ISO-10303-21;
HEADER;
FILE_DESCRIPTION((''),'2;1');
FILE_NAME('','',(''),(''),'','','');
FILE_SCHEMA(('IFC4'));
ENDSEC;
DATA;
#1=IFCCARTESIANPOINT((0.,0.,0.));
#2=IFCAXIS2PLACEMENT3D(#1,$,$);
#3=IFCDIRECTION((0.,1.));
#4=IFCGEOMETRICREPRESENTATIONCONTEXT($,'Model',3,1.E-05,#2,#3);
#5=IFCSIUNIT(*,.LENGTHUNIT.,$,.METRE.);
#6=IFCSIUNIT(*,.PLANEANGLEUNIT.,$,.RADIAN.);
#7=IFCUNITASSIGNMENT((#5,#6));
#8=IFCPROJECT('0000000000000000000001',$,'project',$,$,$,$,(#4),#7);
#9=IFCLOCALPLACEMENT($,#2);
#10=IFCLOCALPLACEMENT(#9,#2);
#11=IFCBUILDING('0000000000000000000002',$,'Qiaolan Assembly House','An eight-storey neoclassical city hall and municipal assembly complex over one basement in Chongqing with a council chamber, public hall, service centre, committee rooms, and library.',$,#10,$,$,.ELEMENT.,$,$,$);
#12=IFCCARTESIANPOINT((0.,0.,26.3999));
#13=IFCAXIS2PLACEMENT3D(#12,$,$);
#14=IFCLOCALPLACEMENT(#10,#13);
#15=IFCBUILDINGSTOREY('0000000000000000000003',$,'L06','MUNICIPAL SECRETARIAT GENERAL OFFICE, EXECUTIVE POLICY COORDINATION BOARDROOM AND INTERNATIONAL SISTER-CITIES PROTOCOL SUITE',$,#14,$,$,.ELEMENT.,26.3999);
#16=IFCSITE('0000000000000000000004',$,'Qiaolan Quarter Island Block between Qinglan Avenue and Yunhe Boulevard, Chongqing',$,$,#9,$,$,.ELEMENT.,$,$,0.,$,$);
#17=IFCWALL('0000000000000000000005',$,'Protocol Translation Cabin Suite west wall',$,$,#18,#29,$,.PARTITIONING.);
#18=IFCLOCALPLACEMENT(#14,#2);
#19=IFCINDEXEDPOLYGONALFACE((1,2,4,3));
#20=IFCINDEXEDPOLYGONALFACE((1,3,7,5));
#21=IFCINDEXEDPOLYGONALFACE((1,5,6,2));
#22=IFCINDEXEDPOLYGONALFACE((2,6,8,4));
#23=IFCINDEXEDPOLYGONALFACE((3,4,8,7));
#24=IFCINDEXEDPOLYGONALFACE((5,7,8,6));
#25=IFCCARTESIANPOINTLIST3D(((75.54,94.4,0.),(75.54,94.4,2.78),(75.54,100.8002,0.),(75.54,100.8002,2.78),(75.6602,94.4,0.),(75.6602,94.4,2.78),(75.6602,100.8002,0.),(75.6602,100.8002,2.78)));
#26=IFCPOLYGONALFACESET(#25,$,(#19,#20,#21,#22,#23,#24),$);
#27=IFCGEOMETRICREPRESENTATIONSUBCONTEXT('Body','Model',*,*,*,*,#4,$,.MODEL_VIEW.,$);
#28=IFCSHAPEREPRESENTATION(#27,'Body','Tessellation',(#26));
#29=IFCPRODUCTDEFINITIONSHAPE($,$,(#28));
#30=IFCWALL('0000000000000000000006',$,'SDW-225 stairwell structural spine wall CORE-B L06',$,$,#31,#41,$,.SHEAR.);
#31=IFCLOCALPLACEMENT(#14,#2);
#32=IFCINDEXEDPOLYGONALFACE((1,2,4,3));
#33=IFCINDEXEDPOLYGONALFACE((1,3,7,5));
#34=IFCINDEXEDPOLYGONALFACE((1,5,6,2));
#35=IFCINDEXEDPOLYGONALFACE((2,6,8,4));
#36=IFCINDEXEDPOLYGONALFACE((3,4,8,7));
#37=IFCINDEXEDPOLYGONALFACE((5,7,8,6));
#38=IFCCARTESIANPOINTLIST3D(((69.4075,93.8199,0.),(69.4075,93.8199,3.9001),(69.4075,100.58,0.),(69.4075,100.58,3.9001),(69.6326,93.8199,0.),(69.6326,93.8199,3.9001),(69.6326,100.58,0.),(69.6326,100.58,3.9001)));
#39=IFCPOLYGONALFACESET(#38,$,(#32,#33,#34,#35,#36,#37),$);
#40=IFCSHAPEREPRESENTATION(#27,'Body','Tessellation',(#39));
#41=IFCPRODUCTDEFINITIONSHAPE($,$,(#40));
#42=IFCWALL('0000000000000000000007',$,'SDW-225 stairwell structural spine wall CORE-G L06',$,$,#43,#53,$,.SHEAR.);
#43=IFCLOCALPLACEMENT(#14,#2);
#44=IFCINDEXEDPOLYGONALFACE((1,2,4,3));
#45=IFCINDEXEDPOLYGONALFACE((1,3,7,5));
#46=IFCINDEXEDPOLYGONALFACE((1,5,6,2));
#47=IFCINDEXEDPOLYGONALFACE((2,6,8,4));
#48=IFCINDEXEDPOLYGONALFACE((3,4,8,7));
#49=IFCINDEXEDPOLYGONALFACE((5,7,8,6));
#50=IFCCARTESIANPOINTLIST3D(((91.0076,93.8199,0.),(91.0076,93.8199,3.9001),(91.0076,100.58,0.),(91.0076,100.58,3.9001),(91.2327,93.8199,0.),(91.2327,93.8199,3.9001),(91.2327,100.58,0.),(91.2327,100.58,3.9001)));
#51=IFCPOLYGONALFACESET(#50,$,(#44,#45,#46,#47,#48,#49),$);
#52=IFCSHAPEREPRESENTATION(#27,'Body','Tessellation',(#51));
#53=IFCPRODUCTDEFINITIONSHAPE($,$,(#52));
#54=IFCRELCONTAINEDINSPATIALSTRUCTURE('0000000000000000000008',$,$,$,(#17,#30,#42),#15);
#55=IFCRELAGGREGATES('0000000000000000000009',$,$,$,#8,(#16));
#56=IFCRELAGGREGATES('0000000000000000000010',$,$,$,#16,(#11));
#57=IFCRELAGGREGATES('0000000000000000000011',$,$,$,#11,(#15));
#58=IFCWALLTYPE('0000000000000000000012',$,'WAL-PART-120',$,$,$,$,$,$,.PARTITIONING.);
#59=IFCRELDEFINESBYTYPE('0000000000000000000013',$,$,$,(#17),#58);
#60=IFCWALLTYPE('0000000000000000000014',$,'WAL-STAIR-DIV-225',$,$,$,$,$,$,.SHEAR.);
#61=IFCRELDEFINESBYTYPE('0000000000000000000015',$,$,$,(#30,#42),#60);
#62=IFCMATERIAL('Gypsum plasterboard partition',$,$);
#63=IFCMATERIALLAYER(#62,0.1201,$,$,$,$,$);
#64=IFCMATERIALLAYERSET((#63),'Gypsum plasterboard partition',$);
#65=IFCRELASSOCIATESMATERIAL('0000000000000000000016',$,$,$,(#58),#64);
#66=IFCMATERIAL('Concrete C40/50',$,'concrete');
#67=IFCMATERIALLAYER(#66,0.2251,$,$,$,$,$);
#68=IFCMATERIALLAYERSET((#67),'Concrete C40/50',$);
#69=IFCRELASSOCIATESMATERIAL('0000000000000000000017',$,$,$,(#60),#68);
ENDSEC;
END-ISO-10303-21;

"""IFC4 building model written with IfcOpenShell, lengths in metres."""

from ifc_helpers import new_model, si_unit, direction, frame, frame_2d, origin, place, context, subcontext, project, spatial, rectangle, extrude, material, layer, layer_set, type_object, element, save


model = new_model("IFC4")

# Units and contexts
model_context = context("Model", 3, precision=1e-05, world=origin(), true_north=direction((0.0, 1.0)))
body_context = subcontext(model_context, "Body", "Model", "MODEL_VIEW")
ifc_project = project(units=[si_unit("LENGTHUNIT", "METRE"), si_unit("PLANEANGLEUNIT", "RADIAN")], contexts=[model_context])

# Site, building, storey
site_placement = place(None, origin())
site = spatial("IfcSite", under=ifc_project, at=site_placement, Name="Qiaolan Quarter Island Block between Qinglan Avenue and Yunhe Boulevard, Chongqing", CompositionType="ELEMENT", RefElevation=0.0)
building_placement = place(site_placement, origin())
building = spatial("IfcBuilding", under=site, at=building_placement, Name="Qiaolan Assembly House", Description="An eight-storey neoclassical city hall and municipal assembly complex over one basement in Chongqing with a council chamber, public hall, service centre, committee rooms, and library.", CompositionType="ELEMENT")
storey_placement = place(building_placement, frame((0.0, 0.0, 26.3999)))
storey = spatial("IfcBuildingStorey", under=building, at=storey_placement, Name="L06", Description="MUNICIPAL SECRETARIAT GENERAL OFFICE, EXECUTIVE POLICY COORDINATION BOARDROOM AND INTERNATIONAL SISTER-CITIES PROTOCOL SUITE", CompositionType="ELEMENT", Elevation=26.3999)

# Shared definitions
ifc_material_1 = material(Name="Concrete C40/50", Category="concrete")

# Walls
ifc_material_2 = material(Name="Gypsum plasterboard partition")
ifc_layer_1 = layer(ifc_material_2, 0.1201)
ifc_layer_set_1 = layer_set([ifc_layer_1], Name="Gypsum plasterboard partition")
wall_type_1 = type_object("IfcWallType", Name="WAL-PART-120", PredefinedType="PARTITIONING", material=ifc_layer_set_1)
wall_1_placement = place(storey_placement, frame((75.6001, 94.3999, 0.0), z_axis=(0.0, 0.0, 1.0), x_axis=(0.0, 1.0, 0.0)))
element("IfcWall", 1, at=wall_1_placement, inside=storey, type_object=wall_type_1, Name="Protocol Translation Cabin Suite west wall", PredefinedType="PARTITIONING", context=body_context, shape_type="SweptSolid", body=[
    extrude(rectangle(XDim=6.4001, YDim=0.1201, at=frame_2d((3.2002, 0.0))), origin(), (0.0, 0.0, 1.0), 2.78),
])
ifc_layer_2 = layer(ifc_material_1, 0.2251)
ifc_layer_set_2 = layer_set([ifc_layer_2], Name="Concrete C40/50")
wall_type_2 = type_object("IfcWallType", Name="WAL-STAIR-DIV-225", PredefinedType="SHEAR", material=ifc_layer_set_2)
for number, where, z_axis, x_axis, name in (
    (2, (69.52, 93.8201, 0.0), (0.0, 0.0, 1.0), (0.0, 1.0, 0.0), "SDW-225 stairwell structural spine wall CORE-B L06"),
    (3, (91.1201, 93.8201, 0.0), (0.0, 0.0, 1.0), (0.0, 1.0, 0.0), "SDW-225 stairwell structural spine wall CORE-G L06"),
):
    element("IfcWall", number, at=place(storey_placement, frame(where, z_axis=z_axis, x_axis=x_axis)), inside=storey, type_object=wall_type_2, Name=name, PredefinedType="SHEAR", context=body_context, shape_type="SweptSolid", body=[
        extrude(rectangle(XDim=6.76, YDim=0.2251, at=frame_2d((3.3799, 0.0))), origin(), (0.0, 0.0, 1.0), 3.9001),
    ])

save(model, "model.ifc")
